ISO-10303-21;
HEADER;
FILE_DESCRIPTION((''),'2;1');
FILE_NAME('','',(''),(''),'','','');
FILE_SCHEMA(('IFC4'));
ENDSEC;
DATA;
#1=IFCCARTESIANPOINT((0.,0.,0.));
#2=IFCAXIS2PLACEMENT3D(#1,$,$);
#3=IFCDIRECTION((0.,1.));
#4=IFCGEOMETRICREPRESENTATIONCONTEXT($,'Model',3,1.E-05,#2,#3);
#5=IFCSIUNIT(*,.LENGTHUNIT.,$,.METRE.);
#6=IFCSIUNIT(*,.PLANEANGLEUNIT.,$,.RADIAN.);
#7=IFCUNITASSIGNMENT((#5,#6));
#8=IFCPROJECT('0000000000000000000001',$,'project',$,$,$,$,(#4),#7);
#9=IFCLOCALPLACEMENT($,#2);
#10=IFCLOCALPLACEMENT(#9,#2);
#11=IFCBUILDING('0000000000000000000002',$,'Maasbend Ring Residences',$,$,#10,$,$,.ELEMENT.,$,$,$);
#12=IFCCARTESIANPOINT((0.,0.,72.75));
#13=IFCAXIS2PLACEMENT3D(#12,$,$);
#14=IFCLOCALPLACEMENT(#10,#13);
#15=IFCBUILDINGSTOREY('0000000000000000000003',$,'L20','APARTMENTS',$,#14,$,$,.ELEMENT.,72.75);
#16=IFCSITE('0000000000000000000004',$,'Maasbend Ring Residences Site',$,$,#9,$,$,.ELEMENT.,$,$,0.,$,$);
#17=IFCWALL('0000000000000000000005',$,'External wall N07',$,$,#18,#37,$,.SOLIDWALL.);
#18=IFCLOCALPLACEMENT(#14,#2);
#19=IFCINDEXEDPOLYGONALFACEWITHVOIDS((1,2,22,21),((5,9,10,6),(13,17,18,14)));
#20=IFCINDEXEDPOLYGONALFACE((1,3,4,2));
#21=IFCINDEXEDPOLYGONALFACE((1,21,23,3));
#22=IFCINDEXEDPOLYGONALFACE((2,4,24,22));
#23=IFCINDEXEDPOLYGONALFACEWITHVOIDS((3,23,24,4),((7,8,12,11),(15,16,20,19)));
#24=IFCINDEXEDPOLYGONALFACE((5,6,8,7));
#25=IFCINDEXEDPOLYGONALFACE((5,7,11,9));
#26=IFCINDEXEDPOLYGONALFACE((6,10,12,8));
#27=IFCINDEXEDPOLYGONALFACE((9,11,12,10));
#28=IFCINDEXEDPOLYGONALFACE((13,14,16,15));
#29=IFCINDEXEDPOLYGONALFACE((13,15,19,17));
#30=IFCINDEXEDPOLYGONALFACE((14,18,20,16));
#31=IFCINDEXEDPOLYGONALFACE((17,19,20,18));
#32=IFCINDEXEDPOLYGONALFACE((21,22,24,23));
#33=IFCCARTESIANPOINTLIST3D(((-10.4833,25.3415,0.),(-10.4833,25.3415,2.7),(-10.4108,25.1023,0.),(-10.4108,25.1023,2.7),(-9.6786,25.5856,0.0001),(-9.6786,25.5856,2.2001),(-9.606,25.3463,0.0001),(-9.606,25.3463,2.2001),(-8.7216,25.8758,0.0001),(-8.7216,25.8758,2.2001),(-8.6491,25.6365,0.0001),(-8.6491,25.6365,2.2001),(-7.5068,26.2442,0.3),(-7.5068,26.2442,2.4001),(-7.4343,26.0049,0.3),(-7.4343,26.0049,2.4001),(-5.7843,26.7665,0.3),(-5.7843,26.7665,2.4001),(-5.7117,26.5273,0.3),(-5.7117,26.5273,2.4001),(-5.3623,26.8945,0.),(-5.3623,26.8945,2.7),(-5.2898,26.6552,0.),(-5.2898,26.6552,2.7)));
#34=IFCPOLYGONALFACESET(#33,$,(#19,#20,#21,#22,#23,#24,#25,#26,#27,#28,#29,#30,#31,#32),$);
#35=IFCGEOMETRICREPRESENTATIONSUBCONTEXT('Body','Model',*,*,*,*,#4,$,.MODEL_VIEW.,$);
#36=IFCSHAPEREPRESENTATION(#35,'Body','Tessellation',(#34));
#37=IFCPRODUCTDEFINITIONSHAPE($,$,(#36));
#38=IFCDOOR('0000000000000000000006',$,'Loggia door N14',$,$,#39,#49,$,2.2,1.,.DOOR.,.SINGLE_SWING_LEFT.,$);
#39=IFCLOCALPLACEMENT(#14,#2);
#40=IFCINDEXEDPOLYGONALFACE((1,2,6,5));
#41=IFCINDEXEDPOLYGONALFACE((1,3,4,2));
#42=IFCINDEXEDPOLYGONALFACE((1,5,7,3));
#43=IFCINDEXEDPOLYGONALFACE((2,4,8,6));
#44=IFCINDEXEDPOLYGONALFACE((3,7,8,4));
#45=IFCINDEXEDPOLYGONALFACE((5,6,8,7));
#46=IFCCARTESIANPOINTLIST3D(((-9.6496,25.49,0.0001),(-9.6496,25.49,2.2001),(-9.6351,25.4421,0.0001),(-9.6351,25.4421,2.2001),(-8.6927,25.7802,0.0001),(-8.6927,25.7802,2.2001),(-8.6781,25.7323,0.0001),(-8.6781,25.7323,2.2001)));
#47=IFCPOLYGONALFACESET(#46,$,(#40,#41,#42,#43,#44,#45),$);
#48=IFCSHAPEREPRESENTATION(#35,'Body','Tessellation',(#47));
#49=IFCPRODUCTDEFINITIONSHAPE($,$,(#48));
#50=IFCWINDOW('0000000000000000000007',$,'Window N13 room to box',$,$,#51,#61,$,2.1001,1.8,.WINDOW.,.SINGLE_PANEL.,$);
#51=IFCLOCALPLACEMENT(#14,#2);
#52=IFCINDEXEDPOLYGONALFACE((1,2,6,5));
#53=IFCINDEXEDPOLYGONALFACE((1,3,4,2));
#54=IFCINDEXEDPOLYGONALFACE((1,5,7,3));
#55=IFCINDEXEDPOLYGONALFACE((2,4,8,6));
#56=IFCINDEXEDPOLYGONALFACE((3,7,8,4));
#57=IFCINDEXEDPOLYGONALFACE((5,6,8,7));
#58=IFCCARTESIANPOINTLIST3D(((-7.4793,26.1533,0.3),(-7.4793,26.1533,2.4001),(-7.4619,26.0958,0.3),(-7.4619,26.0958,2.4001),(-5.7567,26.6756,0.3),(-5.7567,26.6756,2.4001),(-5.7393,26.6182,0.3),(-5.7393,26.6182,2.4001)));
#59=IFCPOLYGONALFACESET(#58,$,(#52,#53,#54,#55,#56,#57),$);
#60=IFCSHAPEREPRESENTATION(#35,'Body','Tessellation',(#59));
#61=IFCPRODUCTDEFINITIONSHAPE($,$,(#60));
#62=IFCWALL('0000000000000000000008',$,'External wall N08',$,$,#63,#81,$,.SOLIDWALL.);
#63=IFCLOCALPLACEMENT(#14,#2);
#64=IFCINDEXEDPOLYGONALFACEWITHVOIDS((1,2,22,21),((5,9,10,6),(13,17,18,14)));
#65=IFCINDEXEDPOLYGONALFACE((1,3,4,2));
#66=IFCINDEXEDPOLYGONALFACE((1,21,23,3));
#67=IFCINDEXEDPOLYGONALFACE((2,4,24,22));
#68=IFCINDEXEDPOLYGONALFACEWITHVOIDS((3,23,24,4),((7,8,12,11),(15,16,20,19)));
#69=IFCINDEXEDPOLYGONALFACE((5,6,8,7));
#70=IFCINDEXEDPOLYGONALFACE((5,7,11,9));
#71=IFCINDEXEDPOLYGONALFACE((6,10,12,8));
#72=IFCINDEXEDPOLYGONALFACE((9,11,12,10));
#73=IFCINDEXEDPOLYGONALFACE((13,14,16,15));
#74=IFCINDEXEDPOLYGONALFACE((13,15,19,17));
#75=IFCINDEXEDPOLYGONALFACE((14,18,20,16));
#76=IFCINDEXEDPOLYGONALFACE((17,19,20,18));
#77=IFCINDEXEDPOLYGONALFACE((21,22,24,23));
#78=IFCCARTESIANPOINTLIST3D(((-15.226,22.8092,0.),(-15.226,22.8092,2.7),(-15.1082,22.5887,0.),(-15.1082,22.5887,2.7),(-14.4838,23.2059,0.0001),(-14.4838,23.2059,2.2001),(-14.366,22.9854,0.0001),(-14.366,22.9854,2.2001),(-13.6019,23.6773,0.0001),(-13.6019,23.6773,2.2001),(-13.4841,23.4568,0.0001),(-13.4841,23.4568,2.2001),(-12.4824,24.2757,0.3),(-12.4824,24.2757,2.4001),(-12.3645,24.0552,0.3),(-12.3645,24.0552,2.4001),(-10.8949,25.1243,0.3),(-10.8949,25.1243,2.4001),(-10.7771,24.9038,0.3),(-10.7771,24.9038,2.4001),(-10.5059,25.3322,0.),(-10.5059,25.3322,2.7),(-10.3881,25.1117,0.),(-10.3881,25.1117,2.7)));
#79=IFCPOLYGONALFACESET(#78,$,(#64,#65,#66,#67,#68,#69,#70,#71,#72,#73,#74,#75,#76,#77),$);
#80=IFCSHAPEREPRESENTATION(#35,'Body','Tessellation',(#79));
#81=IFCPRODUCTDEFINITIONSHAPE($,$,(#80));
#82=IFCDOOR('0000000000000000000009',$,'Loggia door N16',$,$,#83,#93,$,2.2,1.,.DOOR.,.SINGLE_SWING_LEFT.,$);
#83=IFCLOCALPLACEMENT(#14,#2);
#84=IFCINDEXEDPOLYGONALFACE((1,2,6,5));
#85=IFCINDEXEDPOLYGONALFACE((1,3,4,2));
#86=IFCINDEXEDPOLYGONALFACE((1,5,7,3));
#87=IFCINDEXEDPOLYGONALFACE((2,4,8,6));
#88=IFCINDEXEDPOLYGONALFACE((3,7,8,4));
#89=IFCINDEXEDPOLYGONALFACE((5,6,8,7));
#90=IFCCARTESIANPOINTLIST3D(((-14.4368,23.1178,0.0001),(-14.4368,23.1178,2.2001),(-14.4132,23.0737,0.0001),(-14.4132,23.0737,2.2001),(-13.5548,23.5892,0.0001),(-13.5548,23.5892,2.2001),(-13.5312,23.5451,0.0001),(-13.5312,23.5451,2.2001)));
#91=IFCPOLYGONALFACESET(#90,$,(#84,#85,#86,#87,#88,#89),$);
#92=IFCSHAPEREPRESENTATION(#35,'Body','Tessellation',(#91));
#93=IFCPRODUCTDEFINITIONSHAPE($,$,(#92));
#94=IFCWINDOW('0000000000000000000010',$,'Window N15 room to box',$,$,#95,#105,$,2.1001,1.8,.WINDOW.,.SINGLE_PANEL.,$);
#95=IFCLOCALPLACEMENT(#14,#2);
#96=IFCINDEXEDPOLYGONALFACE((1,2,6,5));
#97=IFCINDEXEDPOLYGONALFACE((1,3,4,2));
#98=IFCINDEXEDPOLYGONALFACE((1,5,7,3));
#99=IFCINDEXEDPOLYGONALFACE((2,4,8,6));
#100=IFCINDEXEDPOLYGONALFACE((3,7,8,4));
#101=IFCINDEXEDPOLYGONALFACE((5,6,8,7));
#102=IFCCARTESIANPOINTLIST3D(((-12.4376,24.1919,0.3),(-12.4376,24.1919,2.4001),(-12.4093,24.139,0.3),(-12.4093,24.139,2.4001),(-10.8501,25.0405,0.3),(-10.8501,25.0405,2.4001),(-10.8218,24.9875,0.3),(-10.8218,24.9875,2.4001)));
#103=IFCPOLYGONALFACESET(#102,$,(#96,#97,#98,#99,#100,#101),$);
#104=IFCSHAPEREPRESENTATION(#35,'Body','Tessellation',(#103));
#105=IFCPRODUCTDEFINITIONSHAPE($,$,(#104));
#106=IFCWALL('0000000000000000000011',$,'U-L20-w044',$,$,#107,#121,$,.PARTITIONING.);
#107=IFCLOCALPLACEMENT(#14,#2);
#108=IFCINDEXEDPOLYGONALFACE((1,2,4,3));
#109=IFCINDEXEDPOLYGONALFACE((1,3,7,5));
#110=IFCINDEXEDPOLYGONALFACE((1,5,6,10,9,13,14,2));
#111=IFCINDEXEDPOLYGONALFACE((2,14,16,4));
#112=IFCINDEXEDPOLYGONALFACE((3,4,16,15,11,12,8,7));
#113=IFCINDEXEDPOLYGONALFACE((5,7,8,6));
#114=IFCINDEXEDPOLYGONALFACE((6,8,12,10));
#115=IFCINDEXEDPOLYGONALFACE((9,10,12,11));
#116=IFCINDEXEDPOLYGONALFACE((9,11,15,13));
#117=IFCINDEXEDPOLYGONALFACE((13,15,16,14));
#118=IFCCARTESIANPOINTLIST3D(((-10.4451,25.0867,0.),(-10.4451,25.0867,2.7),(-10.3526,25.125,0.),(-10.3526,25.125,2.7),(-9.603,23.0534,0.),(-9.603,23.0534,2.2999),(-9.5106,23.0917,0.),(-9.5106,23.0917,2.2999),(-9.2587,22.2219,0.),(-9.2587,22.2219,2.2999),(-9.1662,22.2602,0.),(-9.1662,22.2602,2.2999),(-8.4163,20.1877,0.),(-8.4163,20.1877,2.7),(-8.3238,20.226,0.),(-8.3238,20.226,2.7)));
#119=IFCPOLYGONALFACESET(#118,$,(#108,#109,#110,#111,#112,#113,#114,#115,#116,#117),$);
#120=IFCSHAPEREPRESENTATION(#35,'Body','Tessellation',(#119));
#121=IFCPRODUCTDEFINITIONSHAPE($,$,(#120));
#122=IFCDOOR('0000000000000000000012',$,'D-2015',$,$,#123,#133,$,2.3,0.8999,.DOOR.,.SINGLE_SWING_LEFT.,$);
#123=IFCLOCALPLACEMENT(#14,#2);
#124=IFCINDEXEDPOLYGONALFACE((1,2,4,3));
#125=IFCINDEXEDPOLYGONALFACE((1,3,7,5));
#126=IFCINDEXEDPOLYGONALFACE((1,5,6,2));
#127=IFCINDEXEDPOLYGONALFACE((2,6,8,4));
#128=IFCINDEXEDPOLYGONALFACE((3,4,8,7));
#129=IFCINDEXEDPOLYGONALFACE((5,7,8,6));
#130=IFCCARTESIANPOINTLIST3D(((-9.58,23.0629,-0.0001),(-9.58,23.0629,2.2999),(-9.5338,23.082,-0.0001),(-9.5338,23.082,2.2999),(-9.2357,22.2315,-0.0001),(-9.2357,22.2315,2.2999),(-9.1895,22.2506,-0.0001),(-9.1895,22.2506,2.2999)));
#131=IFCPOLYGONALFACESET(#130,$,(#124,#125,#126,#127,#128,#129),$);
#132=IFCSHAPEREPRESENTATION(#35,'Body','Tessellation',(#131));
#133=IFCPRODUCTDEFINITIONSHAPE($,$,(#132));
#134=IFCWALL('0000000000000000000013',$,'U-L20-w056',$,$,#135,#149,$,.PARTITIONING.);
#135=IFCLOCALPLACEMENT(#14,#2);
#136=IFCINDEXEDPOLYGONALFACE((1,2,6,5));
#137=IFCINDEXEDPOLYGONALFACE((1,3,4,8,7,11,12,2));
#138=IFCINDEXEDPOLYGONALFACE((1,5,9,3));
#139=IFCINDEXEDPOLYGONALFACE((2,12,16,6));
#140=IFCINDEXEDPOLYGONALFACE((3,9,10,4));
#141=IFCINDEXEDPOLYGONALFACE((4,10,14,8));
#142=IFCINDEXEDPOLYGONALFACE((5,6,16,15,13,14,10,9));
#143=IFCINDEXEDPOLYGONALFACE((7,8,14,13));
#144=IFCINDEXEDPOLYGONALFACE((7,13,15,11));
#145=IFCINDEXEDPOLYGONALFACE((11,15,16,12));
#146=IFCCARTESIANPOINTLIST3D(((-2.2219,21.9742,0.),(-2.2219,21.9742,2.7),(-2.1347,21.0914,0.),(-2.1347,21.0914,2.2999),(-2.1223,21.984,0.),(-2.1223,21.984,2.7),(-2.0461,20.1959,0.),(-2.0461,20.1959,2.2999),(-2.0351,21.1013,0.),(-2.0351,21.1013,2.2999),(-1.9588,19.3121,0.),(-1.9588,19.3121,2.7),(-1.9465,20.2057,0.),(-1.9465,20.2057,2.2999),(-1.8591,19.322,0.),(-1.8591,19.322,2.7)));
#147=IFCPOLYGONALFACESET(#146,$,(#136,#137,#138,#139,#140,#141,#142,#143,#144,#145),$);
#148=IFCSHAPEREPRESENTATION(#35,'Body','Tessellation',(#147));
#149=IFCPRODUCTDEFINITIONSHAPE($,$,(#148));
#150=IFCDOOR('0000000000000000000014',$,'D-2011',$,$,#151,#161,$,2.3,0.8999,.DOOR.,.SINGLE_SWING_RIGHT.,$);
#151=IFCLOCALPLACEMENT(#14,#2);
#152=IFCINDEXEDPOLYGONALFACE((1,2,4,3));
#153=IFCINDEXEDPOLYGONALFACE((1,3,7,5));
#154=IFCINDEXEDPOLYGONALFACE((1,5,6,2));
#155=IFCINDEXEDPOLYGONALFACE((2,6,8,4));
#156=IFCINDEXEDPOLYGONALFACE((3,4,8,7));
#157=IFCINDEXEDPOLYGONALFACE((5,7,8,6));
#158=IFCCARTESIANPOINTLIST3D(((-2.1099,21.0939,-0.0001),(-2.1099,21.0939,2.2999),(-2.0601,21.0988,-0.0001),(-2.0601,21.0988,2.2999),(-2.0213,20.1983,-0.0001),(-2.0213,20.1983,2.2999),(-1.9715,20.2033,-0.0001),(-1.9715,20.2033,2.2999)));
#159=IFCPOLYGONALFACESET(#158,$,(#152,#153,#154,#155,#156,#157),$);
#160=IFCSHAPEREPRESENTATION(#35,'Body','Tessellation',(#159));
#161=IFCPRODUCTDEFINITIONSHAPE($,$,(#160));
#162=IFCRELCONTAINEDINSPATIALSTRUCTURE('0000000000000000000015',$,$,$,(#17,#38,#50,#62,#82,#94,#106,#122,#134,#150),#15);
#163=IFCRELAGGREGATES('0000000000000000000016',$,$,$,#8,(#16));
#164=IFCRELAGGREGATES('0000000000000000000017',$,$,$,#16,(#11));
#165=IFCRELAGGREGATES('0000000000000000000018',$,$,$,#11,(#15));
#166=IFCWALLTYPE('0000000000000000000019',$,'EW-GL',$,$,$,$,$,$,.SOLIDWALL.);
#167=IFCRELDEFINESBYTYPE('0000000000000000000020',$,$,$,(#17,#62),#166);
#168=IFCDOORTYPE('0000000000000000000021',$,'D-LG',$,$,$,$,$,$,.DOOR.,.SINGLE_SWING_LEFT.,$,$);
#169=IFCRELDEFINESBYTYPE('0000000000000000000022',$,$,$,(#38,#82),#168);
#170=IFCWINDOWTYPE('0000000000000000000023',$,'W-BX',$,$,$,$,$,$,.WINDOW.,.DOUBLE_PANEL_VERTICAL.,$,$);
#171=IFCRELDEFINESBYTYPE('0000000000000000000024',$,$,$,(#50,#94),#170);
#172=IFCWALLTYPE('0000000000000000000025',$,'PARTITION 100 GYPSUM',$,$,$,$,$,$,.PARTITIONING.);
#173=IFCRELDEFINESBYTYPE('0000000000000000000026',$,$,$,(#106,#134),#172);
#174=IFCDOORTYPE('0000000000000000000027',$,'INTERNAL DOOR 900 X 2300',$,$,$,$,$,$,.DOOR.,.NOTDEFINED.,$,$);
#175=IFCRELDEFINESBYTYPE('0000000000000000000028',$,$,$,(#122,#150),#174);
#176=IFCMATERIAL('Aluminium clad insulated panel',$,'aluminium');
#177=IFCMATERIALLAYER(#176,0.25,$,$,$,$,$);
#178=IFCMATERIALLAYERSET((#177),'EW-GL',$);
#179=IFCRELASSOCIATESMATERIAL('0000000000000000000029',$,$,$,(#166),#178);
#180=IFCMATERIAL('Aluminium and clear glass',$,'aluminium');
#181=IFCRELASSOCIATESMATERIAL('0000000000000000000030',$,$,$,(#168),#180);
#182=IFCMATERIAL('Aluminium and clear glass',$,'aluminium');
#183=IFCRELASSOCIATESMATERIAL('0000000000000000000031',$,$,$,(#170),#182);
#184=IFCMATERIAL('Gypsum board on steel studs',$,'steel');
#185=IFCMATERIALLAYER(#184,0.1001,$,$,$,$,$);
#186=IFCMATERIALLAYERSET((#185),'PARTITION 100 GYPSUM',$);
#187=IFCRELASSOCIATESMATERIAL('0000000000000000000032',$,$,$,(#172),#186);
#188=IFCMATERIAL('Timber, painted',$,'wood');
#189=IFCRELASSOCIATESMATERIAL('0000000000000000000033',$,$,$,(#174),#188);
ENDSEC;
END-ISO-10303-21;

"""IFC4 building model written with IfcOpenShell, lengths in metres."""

from ifc_helpers import new_model, si_unit, direction, frame, frame_2d, origin, place, context, subcontext, project, spatial, rectangle, extrude, material, layer, layer_set, type_object, element, fill, save


model = new_model("IFC4")

# Units and contexts
model_context = context("Model", 3, precision=1e-05, world=origin(), true_north=direction((0.0, 1.0)))
body_context = subcontext(model_context, "Body", "Model", "MODEL_VIEW")
ifc_project = project(units=[si_unit("LENGTHUNIT", "METRE"), si_unit("PLANEANGLEUNIT", "RADIAN")], contexts=[model_context])

# Site, building, storey
site_placement = place(None, origin())
site = spatial("IfcSite", under=ifc_project, at=site_placement, Name="Maasbend Ring Residences Site", CompositionType="ELEMENT", RefElevation=0.0)
building_placement = place(site_placement, origin())
building = spatial("IfcBuilding", under=site, at=building_placement, Name="Maasbend Ring Residences", CompositionType="ELEMENT")
storey_placement = place(building_placement, frame((0.0, 0.0, 72.75)))
storey = spatial("IfcBuildingStorey", under=building, at=storey_placement, Name="L20", Description="APARTMENTS", CompositionType="ELEMENT", Elevation=72.75)

# Walls, openings, doors, windows
ifc_material_1 = material(Name="Aluminium clad insulated panel", Category="aluminium")
ifc_layer_1 = layer(ifc_material_1, 0.25)
ifc_layer_set_1 = layer_set([ifc_layer_1], Name="EW-GL")
wall_type_1 = type_object("IfcWallType", Name="EW-GL", PredefinedType="SOLIDWALL", material=ifc_layer_set_1)
wall_1_placement = place(storey_placement, frame((-5.3259, 26.7749, 0.0), z_axis=(0.0, 0.0, 1.0), x_axis=(-0.956966, -0.290201, 0.0)))
wall_1 = element("IfcWall", 1, at=wall_1_placement, inside=storey, type_object=wall_type_1, Name="External wall N07", PredefinedType="SOLIDWALL", context=body_context, shape_type="SweptSolid", body=[
    extrude(rectangle(XDim=5.3513, YDim=0.25, at=frame_2d((2.6758, 0.0))), origin(), (0.0, 0.0, 1.0), 2.7),
])
opening_1_placement = place(wall_1_placement, frame((0.4412, 0.0, 0.3)))
opening_1 = element("IfcOpeningElement", 2, at=opening_1_placement, cuts=wall_1, PredefinedType="OPENING", context=body_context, shape_type="SweptSolid", body=[
    extrude(rectangle(XDim=1.8, YDim=2.1001, at=frame_2d((0.8999, 1.05))), frame((0.0, 0.135, 0.0), z_axis=(0.0, -1.0, 0.0), x_axis=(1.0, 0.0, 0.0)), (0.0, 0.0, 1.0), 0.27),
])
opening_2_placement = place(wall_1_placement, frame((3.5105, 0.0, 0.0)))
opening_2 = element("IfcOpeningElement", 3, at=opening_2_placement, cuts=wall_1, PredefinedType="OPENING", context=body_context, shape_type="SweptSolid", body=[
    extrude(rectangle(XDim=1.0, YDim=2.2, at=frame_2d((0.5, 1.1001))), frame((0.0, 0.135, 0.0), z_axis=(0.0, -1.0, 0.0), x_axis=(1.0, 0.0, 0.0)), (0.0, 0.0, 1.0), 0.27),
])
ifc_material_2 = material(Name="Aluminium and clear glass", Category="aluminium")
door_type_1 = type_object("IfcDoorType", Name="D-LG", OperationType="SINGLE_SWING_LEFT", PredefinedType="DOOR", material=ifc_material_2)
door_1_placement = place(opening_2_placement, origin())
door_1 = element("IfcDoor", 4, at=door_1_placement, inside=storey, type_object=door_type_1, Name="Loggia door N14", OperationType="SINGLE_SWING_LEFT", OverallHeight=2.2, OverallWidth=1.0, PredefinedType="DOOR", context=body_context, shape_type="SweptSolid", body=[
    extrude(rectangle(XDim=1.0, YDim=2.2, at=frame_2d((0.5, 1.1001))), frame((0.0, 0.0249, 0.0), z_axis=(0.0, -1.0, 0.0), x_axis=(1.0, 0.0, 0.0)), (0.0, 0.0, 1.0), 0.05),
])
fill(opening_2, door_1)
ifc_material_3 = material(Name="Aluminium and clear glass", Category="aluminium")
window_type_1 = type_object("IfcWindowType", Name="W-BX", PartitioningType="DOUBLE_PANEL_VERTICAL", PredefinedType="WINDOW", material=ifc_material_3)
window_1_placement = place(opening_1_placement, origin())
window_1 = element("IfcWindow", 5, at=window_1_placement, inside=storey, type_object=window_type_1, Name="Window N13 room to box", OverallHeight=2.1001, OverallWidth=1.8, PartitioningType="SINGLE_PANEL", PredefinedType="WINDOW", context=body_context, shape_type="SweptSolid", body=[
    extrude(rectangle(XDim=1.8, YDim=2.1001, at=frame_2d((0.8999, 1.05))), frame((0.0, 0.03, 0.0), z_axis=(0.0, -1.0, 0.0), x_axis=(1.0, 0.0, 0.0)), (0.0, 0.0, 1.0), 0.0601),
])
fill(opening_1, window_1)
wall_2_placement = place(storey_placement, frame((-10.447, 25.2219, 0.0), z_axis=(0.0, 0.0, 1.0), x_axis=(-0.881916, -0.471407, 0.0)))
wall_2 = element("IfcWall", 6, at=wall_2_placement, inside=storey, type_object=wall_type_1, Name="External wall N08", PredefinedType="SOLIDWALL", context=body_context, shape_type="SweptSolid", body=[
    extrude(rectangle(XDim=5.3521, YDim=0.25, at=frame_2d((2.676, 0.0))), origin(), (0.0, 0.0, 1.0), 2.7),
])
opening_3_placement = place(wall_2_placement, frame((0.4412, 0.0, 0.3)))
opening_3 = element("IfcOpeningElement", 7, at=opening_3_placement, cuts=wall_2, PredefinedType="OPENING", context=body_context, shape_type="SweptSolid", body=[
    extrude(rectangle(XDim=1.8, YDim=2.1001, at=frame_2d((0.8999, 1.05))), frame((0.0, 0.135, 0.0), z_axis=(0.0, -1.0, 0.0), x_axis=(1.0, 0.0, 0.0)), (0.0, 0.0, 1.0), 0.27),
])
opening_4_placement = place(wall_2_placement, frame((3.5105, 0.0, 0.0)))
opening_4 = element("IfcOpeningElement", 8, at=opening_4_placement, cuts=wall_2, PredefinedType="OPENING", context=body_context, shape_type="SweptSolid", body=[
    extrude(rectangle(XDim=1.0, YDim=2.2, at=frame_2d((0.5, 1.1001))), frame((0.0, 0.135, 0.0), z_axis=(0.0, -1.0, 0.0), x_axis=(1.0, 0.0, 0.0)), (0.0, 0.0, 1.0), 0.27),
])
door_2_placement = place(opening_4_placement, origin())
door_2 = element("IfcDoor", 9, at=door_2_placement, inside=storey, type_object=door_type_1, Name="Loggia door N16", OperationType="SINGLE_SWING_LEFT", OverallHeight=2.2, OverallWidth=1.0, PredefinedType="DOOR", context=body_context, shape_type="SweptSolid", body=[
    extrude(rectangle(XDim=1.0, YDim=2.2, at=frame_2d((0.5, 1.1001))), frame((0.0, 0.0249, 0.0), z_axis=(0.0, -1.0, 0.0), x_axis=(1.0, 0.0, 0.0)), (0.0, 0.0, 1.0), 0.05),
])
fill(opening_4, door_2)
window_2_placement = place(opening_3_placement, origin())
window_2 = element("IfcWindow", 10, at=window_2_placement, inside=storey, type_object=window_type_1, Name="Window N15 room to box", OverallHeight=2.1001, OverallWidth=1.8, PartitioningType="SINGLE_PANEL", PredefinedType="WINDOW", context=body_context, shape_type="SweptSolid", body=[
    extrude(rectangle(XDim=1.8, YDim=2.1001, at=frame_2d((0.8999, 1.05))), frame((0.0, 0.03, 0.0), z_axis=(0.0, -1.0, 0.0), x_axis=(1.0, 0.0, 0.0)), (0.0, 0.0, 1.0), 0.0601),
])
fill(opening_3, window_2)

# Walls, openings, doors
ifc_material_4 = material(Name="Gypsum board on steel studs", Category="steel")
ifc_layer_2 = layer(ifc_material_4, 0.1001)
ifc_layer_set_2 = layer_set([ifc_layer_2], Name="PARTITION 100 GYPSUM")
wall_type_2 = type_object("IfcWallType", Name="PARTITION 100 GYPSUM", PredefinedType="PARTITIONING", material=ifc_layer_set_2)
wall_3_placement = place(storey_placement, frame((-10.3989, 25.106, 0.0), z_axis=(0.0, 0.0, 1.0), x_axis=(0.38262, -0.923906, 0.0)))
wall_3 = element("IfcWall", 11, at=wall_3_placement, inside=storey, type_object=wall_type_2, Name="U-L20-w044", PredefinedType="PARTITIONING", context=body_context, shape_type="SweptSolid", body=[
    extrude(rectangle(XDim=5.3025, YDim=0.1001, at=frame_2d((2.6514, 0.0))), origin(), (0.0, 0.0, 1.0), 2.7),
])
opening_5_placement = place(wall_3_placement, frame((2.2009, 0.0, 0.0)))
opening_5 = element("IfcOpeningElement", 12, at=opening_5_placement, cuts=wall_3, PredefinedType="OPENING", context=body_context, shape_type="SweptSolid", body=[
    extrude(rectangle(XDim=0.8999, YDim=2.3, at=frame_2d((0.45, 1.1499))), frame((0.0, 0.0601, 0.0), z_axis=(0.0, -1.0, 0.0), x_axis=(1.0, 0.0, 0.0)), (0.0, 0.0, 1.0), 0.1201),
])
ifc_material_5 = material(Name="Timber, painted", Category="wood")
door_type_2 = type_object("IfcDoorType", Name="INTERNAL DOOR 900 X 2300", OperationType="NOTDEFINED", PredefinedType="DOOR", material=ifc_material_5)
door_3_placement = place(opening_5_placement, origin())
door_3 = element("IfcDoor", 13, at=door_3_placement, inside=storey, type_object=door_type_2, Name="D-2015", OperationType="SINGLE_SWING_LEFT", OverallHeight=2.3, OverallWidth=0.8999, PredefinedType="DOOR", context=body_context, shape_type="SweptSolid", body=[
    extrude(rectangle(XDim=0.8999, YDim=2.3, at=frame_2d((0.45, 1.1499))), frame((0.0, 0.0249, 0.0), z_axis=(0.0, -1.0, 0.0), x_axis=(1.0, 0.0, 0.0)), (0.0, 0.0, 1.0), 0.05),
])
fill(opening_5, door_3)
wall_4_placement = place(storey_placement, frame((-2.1721, 21.979, 0.0), z_axis=(0.0, 0.0, 1.0), x_axis=(0.098383, -0.995149, 0.0)))
wall_4 = element("IfcWall", 14, at=wall_4_placement, inside=storey, type_object=wall_type_2, Name="U-L20-w056", PredefinedType="PARTITIONING", context=body_context, shape_type="SweptSolid", body=[
    extrude(rectangle(XDim=2.675, YDim=0.1001, at=frame_2d((1.3374, 0.0))), origin(), (0.0, 0.0, 1.0), 2.7),
])
opening_6_placement = place(wall_4_placement, frame((0.887, 0.0, 0.0)))
opening_6 = element("IfcOpeningElement", 15, at=opening_6_placement, cuts=wall_4, PredefinedType="OPENING", context=body_context, shape_type="SweptSolid", body=[
    extrude(rectangle(XDim=0.8999, YDim=2.3, at=frame_2d((0.45, 1.1499))), frame((0.0, 0.0601, 0.0), z_axis=(0.0, -1.0, 0.0), x_axis=(1.0, 0.0, 0.0)), (0.0, 0.0, 1.0), 0.1201),
])
door_4_placement = place(opening_6_placement, origin())
door_4 = element("IfcDoor", 16, at=door_4_placement, inside=storey, type_object=door_type_2, Name="D-2011", OperationType="SINGLE_SWING_RIGHT", OverallHeight=2.3, OverallWidth=0.8999, PredefinedType="DOOR", context=body_context, shape_type="SweptSolid", body=[
    extrude(rectangle(XDim=0.8999, YDim=2.3, at=frame_2d((0.45, 1.1499))), frame((0.0, 0.0249, 0.0), z_axis=(0.0, -1.0, 0.0), x_axis=(1.0, 0.0, 0.0)), (0.0, 0.0, 1.0), 0.05),
])
fill(opening_6, door_4)

save(model, "model.ifc")
